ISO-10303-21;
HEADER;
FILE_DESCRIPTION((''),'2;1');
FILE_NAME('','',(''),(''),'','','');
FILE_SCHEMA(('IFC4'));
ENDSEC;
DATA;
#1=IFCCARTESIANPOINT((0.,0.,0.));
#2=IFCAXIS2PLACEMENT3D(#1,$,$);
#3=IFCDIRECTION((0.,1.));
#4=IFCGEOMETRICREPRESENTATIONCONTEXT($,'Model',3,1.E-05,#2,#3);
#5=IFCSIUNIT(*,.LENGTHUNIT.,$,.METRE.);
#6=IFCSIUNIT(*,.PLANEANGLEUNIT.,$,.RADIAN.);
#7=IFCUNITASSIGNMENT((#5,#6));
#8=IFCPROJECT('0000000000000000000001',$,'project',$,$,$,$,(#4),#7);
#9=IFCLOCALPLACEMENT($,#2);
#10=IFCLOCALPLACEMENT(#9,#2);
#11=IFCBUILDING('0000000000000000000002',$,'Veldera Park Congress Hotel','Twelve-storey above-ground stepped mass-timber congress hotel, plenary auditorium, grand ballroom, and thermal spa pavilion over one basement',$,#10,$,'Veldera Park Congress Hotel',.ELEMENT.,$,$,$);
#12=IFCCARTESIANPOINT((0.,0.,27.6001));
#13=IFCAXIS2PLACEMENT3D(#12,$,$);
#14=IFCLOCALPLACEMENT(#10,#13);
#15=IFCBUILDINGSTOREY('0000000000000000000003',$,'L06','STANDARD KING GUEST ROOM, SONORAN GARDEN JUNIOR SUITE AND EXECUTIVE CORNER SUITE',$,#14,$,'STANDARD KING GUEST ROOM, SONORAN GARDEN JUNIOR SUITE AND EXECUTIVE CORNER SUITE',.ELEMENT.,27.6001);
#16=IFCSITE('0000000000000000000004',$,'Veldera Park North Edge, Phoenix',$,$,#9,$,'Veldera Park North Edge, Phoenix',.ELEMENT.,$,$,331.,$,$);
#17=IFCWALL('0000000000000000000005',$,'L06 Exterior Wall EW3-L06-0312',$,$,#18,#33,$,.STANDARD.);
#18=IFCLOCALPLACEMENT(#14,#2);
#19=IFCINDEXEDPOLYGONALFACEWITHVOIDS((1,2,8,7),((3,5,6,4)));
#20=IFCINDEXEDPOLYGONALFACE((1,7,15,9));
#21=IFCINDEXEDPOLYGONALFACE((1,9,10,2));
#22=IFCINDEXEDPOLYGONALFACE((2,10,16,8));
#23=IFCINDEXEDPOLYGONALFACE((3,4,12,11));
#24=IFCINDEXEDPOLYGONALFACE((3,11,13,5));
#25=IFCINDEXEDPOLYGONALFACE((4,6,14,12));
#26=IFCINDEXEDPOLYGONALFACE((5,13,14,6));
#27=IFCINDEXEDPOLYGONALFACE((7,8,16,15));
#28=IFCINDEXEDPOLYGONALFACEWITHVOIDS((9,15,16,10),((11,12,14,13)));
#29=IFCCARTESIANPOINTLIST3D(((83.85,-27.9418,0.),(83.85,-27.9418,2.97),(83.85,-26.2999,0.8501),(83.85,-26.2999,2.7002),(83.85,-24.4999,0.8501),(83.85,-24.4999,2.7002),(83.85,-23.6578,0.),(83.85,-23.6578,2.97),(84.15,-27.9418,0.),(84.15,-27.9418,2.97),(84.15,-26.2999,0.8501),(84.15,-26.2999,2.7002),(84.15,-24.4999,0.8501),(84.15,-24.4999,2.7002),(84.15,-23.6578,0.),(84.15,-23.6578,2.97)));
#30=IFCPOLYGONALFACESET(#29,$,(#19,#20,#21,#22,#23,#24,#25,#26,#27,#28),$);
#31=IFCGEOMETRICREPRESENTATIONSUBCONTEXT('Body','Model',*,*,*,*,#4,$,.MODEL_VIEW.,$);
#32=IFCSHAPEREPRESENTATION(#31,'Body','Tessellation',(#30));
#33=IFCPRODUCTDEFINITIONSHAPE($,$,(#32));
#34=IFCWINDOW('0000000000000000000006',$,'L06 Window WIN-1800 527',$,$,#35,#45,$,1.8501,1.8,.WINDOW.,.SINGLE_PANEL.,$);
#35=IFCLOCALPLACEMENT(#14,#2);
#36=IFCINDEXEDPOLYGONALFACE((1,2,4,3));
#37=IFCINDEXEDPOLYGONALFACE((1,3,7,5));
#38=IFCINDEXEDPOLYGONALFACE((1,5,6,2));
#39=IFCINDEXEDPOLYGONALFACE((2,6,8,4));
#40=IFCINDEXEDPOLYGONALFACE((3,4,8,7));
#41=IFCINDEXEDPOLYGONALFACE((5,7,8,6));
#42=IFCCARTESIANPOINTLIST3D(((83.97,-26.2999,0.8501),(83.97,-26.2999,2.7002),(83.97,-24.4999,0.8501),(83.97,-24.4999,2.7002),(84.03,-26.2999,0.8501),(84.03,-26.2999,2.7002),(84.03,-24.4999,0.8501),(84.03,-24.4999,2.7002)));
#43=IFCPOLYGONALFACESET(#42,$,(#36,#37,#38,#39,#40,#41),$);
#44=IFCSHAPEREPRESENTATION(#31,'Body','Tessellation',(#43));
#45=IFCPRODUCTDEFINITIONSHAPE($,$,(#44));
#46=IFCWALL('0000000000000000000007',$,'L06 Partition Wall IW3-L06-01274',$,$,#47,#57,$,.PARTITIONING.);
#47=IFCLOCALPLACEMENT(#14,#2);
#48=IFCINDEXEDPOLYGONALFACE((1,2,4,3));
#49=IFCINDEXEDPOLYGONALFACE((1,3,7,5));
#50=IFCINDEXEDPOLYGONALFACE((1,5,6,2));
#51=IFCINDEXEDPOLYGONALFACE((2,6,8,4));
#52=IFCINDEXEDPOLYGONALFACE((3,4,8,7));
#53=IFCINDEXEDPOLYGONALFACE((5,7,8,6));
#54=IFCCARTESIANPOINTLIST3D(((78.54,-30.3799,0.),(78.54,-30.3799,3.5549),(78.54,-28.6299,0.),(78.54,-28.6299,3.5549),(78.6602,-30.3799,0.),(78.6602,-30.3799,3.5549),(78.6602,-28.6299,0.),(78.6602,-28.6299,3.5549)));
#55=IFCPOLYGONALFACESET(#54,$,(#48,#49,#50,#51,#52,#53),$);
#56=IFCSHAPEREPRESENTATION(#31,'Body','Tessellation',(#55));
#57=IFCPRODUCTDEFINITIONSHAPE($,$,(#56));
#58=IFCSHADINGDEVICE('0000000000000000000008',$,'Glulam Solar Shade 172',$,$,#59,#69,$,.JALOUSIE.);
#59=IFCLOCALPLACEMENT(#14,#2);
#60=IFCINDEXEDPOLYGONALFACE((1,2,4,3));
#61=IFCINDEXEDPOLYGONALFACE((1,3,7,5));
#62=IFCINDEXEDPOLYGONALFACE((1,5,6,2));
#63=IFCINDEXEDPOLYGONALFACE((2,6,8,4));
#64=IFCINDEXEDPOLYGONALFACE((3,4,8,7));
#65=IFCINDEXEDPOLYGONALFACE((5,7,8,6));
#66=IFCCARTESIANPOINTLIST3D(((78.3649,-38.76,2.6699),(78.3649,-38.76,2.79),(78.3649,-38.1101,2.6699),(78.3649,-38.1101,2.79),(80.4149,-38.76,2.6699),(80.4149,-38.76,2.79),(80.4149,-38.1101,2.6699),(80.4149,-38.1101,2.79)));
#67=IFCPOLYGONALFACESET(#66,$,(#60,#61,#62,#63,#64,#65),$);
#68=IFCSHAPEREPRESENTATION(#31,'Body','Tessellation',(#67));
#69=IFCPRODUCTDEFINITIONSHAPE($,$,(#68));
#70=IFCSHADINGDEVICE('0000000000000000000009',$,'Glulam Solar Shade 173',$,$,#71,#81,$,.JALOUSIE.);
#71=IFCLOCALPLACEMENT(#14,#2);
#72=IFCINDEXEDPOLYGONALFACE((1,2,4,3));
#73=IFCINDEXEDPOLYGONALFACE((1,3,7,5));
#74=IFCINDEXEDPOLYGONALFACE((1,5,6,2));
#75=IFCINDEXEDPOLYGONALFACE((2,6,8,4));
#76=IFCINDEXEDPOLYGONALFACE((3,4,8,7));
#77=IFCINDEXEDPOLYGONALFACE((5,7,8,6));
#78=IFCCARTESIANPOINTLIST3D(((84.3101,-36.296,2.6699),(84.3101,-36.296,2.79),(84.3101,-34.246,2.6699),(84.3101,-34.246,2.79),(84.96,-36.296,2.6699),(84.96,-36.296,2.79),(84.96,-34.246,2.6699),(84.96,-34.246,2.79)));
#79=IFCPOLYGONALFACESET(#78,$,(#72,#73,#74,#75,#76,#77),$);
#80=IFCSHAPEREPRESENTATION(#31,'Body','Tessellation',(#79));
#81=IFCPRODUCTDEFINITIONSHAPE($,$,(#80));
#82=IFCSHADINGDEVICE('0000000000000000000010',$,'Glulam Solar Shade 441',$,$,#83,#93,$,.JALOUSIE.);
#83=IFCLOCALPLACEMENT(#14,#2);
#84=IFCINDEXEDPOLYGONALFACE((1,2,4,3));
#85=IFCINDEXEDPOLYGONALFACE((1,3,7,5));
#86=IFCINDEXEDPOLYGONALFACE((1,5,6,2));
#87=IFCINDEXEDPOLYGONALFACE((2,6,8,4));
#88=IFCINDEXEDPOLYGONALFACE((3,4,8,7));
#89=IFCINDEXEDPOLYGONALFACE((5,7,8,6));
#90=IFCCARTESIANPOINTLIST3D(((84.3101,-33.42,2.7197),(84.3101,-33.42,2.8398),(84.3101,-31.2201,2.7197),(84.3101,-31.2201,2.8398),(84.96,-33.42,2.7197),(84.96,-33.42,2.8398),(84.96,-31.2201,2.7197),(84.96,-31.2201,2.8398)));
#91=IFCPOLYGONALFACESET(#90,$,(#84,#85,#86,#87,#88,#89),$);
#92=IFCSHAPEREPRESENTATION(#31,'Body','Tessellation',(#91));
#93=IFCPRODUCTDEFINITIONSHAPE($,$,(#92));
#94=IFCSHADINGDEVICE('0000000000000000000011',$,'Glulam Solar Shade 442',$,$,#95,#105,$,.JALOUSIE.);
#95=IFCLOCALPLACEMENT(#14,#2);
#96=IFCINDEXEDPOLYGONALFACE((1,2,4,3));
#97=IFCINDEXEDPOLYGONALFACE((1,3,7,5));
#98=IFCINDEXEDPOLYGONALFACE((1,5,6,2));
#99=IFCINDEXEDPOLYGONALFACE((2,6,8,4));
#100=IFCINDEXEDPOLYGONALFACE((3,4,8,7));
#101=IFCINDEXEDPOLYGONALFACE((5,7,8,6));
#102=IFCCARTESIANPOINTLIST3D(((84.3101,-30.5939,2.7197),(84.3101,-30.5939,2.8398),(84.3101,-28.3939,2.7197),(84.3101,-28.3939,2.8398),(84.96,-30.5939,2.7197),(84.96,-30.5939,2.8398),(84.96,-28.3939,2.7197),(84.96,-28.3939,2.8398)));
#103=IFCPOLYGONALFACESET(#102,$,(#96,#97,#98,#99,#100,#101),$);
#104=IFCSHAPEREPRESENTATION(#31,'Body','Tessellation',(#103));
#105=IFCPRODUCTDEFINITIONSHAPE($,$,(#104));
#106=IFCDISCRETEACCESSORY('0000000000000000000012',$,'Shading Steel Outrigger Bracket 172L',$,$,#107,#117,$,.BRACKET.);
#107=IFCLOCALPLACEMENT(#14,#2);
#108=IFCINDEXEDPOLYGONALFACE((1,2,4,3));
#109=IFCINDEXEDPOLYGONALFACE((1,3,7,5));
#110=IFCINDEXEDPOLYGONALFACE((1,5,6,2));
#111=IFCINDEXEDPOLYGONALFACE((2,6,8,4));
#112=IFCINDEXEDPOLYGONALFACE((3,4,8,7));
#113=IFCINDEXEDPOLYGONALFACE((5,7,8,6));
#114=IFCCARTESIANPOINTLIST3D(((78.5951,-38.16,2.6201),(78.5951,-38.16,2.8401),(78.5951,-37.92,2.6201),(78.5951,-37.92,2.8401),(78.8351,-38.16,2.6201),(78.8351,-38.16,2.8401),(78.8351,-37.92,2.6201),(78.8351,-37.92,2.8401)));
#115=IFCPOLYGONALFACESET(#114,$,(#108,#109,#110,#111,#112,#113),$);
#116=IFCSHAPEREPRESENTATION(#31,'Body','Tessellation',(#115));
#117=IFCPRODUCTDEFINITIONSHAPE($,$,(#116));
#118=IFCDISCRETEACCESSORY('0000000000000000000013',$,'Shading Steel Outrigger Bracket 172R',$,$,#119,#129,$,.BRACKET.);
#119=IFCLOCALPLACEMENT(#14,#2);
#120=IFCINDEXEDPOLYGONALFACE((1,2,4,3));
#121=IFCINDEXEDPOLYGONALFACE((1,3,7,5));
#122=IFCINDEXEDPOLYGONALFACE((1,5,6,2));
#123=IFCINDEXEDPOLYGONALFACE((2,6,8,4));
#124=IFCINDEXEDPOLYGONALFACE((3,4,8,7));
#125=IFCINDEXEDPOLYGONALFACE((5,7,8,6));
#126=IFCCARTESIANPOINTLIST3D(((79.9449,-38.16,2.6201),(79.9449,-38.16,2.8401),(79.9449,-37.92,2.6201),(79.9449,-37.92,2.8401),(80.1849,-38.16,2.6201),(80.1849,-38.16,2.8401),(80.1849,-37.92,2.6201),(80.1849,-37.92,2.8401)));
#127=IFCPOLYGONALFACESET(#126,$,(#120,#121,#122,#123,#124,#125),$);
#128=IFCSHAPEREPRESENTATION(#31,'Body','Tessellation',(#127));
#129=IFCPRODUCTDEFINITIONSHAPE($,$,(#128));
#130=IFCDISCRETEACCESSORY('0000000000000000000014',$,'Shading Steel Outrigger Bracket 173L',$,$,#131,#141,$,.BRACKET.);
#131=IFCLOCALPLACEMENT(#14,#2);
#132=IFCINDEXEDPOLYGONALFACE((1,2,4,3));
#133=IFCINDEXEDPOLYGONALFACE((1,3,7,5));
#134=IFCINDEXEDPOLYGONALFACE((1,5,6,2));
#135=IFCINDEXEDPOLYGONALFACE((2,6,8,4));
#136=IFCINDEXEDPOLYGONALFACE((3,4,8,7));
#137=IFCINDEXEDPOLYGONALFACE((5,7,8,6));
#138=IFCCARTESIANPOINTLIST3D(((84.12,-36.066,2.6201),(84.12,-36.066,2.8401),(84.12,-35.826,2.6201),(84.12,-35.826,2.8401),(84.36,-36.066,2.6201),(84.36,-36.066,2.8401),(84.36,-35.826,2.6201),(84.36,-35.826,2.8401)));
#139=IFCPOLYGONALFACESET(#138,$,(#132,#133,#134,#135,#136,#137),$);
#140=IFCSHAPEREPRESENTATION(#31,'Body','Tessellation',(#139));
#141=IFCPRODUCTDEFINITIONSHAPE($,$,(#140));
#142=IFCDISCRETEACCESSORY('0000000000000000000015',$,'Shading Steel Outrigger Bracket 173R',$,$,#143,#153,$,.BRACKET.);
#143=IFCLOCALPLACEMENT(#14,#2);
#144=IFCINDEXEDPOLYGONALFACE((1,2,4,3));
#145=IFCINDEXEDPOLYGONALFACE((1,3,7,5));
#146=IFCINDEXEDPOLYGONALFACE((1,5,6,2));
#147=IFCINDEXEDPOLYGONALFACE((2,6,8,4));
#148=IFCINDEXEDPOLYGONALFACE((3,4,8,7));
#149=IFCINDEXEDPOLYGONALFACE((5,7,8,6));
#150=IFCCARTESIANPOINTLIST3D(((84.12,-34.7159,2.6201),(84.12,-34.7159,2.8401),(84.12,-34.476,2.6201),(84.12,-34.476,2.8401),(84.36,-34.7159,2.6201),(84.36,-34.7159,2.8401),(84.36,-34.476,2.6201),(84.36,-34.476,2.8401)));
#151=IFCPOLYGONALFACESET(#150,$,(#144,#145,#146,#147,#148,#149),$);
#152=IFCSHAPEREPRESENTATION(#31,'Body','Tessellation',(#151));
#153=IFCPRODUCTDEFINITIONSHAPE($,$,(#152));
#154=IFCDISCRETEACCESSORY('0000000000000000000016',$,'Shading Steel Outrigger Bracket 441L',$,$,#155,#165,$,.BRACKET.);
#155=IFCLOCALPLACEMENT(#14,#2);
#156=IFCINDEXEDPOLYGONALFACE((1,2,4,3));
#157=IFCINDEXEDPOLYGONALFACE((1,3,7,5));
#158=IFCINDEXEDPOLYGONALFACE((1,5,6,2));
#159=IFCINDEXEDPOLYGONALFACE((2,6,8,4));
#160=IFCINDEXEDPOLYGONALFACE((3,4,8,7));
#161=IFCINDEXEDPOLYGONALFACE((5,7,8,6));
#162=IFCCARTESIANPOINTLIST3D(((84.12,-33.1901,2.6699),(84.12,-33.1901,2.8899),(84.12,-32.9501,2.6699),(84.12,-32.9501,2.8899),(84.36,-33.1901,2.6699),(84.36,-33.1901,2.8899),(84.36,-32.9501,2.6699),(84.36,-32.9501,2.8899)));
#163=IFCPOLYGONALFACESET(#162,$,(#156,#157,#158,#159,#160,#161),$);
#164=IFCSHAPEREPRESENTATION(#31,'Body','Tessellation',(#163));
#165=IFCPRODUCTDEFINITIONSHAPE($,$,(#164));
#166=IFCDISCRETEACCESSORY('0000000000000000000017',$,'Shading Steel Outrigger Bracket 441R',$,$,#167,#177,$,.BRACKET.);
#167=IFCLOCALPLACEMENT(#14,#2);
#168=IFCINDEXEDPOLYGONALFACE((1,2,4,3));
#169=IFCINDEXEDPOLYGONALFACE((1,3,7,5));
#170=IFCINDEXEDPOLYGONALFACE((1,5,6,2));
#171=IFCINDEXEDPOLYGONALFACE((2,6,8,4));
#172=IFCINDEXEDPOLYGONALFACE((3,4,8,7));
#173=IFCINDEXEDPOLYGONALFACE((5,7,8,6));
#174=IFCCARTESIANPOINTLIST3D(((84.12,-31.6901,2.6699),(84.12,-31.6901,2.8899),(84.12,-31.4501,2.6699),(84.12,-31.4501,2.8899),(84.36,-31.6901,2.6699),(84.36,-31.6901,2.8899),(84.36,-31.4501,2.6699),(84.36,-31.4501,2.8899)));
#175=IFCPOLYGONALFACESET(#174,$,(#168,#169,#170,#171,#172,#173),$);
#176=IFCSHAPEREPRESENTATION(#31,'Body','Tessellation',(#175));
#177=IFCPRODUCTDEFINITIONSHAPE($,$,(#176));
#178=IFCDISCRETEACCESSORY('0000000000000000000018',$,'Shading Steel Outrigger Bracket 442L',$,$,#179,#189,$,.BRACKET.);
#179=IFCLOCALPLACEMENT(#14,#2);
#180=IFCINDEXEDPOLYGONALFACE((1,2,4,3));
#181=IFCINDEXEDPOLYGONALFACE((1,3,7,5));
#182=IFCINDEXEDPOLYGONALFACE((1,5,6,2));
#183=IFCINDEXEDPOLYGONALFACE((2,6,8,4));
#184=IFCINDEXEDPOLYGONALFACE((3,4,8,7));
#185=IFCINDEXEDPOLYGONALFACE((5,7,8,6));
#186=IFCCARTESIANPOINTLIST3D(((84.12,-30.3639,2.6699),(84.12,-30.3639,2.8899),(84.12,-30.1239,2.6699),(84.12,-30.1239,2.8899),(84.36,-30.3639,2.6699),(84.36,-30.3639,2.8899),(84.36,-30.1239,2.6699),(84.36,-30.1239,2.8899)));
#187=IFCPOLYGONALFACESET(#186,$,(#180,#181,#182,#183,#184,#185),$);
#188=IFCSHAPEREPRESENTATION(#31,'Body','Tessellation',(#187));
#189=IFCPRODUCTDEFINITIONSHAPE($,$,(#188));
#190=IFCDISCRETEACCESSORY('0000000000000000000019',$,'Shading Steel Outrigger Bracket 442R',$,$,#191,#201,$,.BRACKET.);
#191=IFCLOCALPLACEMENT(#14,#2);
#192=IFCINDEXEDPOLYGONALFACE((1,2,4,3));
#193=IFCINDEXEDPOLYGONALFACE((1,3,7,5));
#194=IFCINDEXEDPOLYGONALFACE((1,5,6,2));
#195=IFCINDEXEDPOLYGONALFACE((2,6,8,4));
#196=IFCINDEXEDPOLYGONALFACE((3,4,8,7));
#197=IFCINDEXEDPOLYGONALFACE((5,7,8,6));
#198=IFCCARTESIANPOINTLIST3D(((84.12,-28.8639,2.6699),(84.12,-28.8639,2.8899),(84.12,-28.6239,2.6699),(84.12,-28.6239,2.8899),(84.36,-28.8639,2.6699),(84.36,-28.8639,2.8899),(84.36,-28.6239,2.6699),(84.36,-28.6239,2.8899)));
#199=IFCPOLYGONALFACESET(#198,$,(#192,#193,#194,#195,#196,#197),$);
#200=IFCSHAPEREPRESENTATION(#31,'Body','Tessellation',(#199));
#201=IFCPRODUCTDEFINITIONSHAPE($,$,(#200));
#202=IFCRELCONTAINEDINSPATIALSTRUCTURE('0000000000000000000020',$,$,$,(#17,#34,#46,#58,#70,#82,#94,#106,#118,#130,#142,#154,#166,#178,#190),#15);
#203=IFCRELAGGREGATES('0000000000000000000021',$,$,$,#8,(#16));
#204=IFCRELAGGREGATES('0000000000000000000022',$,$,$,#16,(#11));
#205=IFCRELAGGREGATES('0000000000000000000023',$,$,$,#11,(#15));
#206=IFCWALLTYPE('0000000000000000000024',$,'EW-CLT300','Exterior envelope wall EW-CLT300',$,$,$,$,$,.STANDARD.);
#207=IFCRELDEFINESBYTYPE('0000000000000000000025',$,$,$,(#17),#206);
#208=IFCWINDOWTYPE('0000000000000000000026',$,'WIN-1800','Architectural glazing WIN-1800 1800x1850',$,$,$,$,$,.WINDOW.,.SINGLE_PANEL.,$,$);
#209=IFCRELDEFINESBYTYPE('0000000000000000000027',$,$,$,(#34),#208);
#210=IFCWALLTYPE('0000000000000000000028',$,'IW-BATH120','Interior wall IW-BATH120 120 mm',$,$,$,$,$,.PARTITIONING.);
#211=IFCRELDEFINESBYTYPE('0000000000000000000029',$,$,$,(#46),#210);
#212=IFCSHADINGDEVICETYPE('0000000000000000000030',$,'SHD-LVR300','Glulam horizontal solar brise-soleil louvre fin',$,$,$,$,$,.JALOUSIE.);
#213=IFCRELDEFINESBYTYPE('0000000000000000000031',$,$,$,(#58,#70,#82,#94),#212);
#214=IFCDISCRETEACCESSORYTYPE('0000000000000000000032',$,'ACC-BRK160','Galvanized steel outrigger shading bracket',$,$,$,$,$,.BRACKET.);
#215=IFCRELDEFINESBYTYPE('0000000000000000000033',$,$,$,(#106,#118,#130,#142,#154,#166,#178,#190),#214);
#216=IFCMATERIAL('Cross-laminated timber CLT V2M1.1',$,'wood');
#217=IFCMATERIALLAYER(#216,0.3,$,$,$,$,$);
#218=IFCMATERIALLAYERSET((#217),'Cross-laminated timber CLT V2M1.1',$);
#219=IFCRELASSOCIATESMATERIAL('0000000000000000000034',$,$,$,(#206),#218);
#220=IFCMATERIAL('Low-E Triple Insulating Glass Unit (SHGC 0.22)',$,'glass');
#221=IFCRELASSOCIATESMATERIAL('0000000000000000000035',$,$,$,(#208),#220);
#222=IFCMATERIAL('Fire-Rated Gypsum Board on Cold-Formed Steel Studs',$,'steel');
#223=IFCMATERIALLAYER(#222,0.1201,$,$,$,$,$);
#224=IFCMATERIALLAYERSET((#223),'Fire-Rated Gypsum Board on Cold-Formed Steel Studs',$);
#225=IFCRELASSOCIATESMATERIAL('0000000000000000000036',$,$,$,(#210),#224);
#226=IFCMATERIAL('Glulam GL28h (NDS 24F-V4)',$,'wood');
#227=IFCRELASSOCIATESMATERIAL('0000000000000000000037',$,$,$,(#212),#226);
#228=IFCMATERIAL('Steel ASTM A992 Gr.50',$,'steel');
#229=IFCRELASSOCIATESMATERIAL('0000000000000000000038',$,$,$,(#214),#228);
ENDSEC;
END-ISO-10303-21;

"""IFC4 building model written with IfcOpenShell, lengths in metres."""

from ifc_helpers import new_model, si_unit, direction, frame, frame_2d, origin, origin_2d, place, context, subcontext, project, spatial, rectangle, extrude, material, layer, layer_set, type_object, element, fill, save


model = new_model("IFC4")

# Units and contexts
model_context = context("Model", 3, precision=1e-05, world=origin(), true_north=direction((0.0, 1.0)))
body_context = subcontext(model_context, "Body", "Model", "MODEL_VIEW")
ifc_project = project(units=[si_unit("LENGTHUNIT", "METRE"), si_unit("PLANEANGLEUNIT", "RADIAN")], contexts=[model_context])

# Site, building, storey
site_placement = place(None, origin())
site = spatial("IfcSite", under=ifc_project, at=site_placement, Name="Veldera Park North Edge, Phoenix", LongName="Veldera Park North Edge, Phoenix", CompositionType="ELEMENT", RefElevation=331.0)
building_placement = place(site_placement, origin())
building = spatial("IfcBuilding", under=site, at=building_placement, Name="Veldera Park Congress Hotel", Description="Twelve-storey above-ground stepped mass-timber congress hotel, plenary auditorium, grand ballroom, and thermal spa pavilion over one basement", LongName="Veldera Park Congress Hotel", CompositionType="ELEMENT")
storey_placement = place(building_placement, frame((0.0, 0.0, 27.6001)))
storey = spatial("IfcBuildingStorey", under=building, at=storey_placement, Name="L06", Description="STANDARD KING GUEST ROOM, SONORAN GARDEN JUNIOR SUITE AND EXECUTIVE CORNER SUITE", LongName="STANDARD KING GUEST ROOM, SONORAN GARDEN JUNIOR SUITE AND EXECUTIVE CORNER SUITE", CompositionType="ELEMENT", Elevation=27.6001)

# Shared definitions
ifc_material_1 = material(Name="Glulam GL28h (NDS 24F-V4)", Category="wood")

# Shared definitions
ifc_material_2 = material(Name="Cross-laminated timber CLT V2M1.1", Category="wood")
ifc_layer_1 = layer(ifc_material_2, 0.3)
ifc_layer_set_1 = layer_set([ifc_layer_1], Name="Cross-laminated timber CLT V2M1.1")
wall_type_1 = type_object("IfcWallType", Name="EW-CLT300", Description="Exterior envelope wall EW-CLT300", PredefinedType="STANDARD", material=ifc_layer_set_1)
ifc_material_3 = material(Name="Low-E Triple Insulating Glass Unit (SHGC 0.22)", Category="glass")
window_type_1 = type_object("IfcWindowType", Name="WIN-1800", Description="Architectural glazing WIN-1800 1800x1850", PartitioningType="SINGLE_PANEL", PredefinedType="WINDOW", material=ifc_material_3)

# Wall, opening, window
wall_1_placement = place(storey_placement, frame((84.0, -27.9419, 0.0), z_axis=(0.0, 0.0, 1.0), x_axis=(0.0, 1.0, 0.0)))
wall_1 = element("IfcWall", 1, at=wall_1_placement, inside=storey, type_object=wall_type_1, Name="L06 Exterior Wall EW3-L06-0312", PredefinedType="STANDARD", context=body_context, shape_type="SweptSolid", body=[
    extrude(rectangle(XDim=4.2839, YDim=0.3, at=frame_2d((2.1421, 0.0))), origin(), (0.0, 0.0, 1.0), 2.97),
])
opening_1_placement = place(wall_1_placement, frame((1.6421, 0.0, 0.8501)))
opening_1 = element("IfcOpeningElement", 2, at=opening_1_placement, cuts=wall_1, PredefinedType="OPENING", context=body_context, shape_type="SweptSolid", body=[
    extrude(rectangle(XDim=1.8, YDim=1.8501, at=frame_2d((0.8999, 0.925))), frame((0.0, 0.1621, 0.0), z_axis=(0.0, -1.0, 0.0), x_axis=(1.0, 0.0, 0.0)), (0.0, 0.0, 1.0), 0.324),
])
window_1_placement = place(opening_1_placement, origin())
window_1 = element("IfcWindow", 3, at=window_1_placement, inside=storey, type_object=window_type_1, Name="L06 Window WIN-1800 527", OverallHeight=1.8501, OverallWidth=1.8, PartitioningType="SINGLE_PANEL", PredefinedType="WINDOW", context=body_context, shape_type="SweptSolid", body=[
    extrude(rectangle(XDim=1.8, YDim=1.8501, at=frame_2d((0.8999, 0.925))), frame((0.0, 0.03, 0.0), z_axis=(0.0, -1.0, 0.0), x_axis=(1.0, 0.0, 0.0)), (0.0, 0.0, 1.0), 0.0601),
])
fill(opening_1, window_1)

# Wall
ifc_material_4 = material(Name="Fire-Rated Gypsum Board on Cold-Formed Steel Studs", Category="steel")
ifc_layer_2 = layer(ifc_material_4, 0.1201)
ifc_layer_set_2 = layer_set([ifc_layer_2], Name="Fire-Rated Gypsum Board on Cold-Formed Steel Studs")
wall_type_2 = type_object("IfcWallType", Name="IW-BATH120", Description="Interior wall IW-BATH120 120 mm", PredefinedType="PARTITIONING", material=ifc_layer_set_2)
wall_2_placement = place(storey_placement, frame((78.6001, -30.3799, 0.0), z_axis=(0.0, 0.0, 1.0), x_axis=(0.0, 1.0, 0.0)))
element("IfcWall", 4, at=wall_2_placement, inside=storey, type_object=wall_type_2, Name="L06 Partition Wall IW3-L06-01274", PredefinedType="PARTITIONING", context=body_context, shape_type="SweptSolid", body=[
    extrude(rectangle(XDim=1.75, YDim=0.1201, at=frame_2d((0.875, 0.0))), origin(), (0.0, 0.0, 1.0), 3.5549),
])

# Shading devices
shading_device_type = type_object("IfcShadingDeviceType", Name="SHD-LVR300", Description="Glulam horizontal solar brise-soleil louvre fin", PredefinedType="JALOUSIE", material=ifc_material_1)
for number, where, z_axis, x_axis, name in (
    (5, (79.3899, -38.4351, 2.6699), (0.0, 0.0, 1.0), (1.0, 0.0, 0.0), "Glulam Solar Shade 172"),
    (6, (84.635, -35.271, 2.6699), (0.0, 0.0, 1.0), (0.0, 1.0, 0.0), "Glulam Solar Shade 173"),
):
    element("IfcShadingDevice", number, at=place(storey_placement, frame(where, z_axis=z_axis, x_axis=x_axis)), inside=storey, type_object=shading_device_type, Name=name, PredefinedType="JALOUSIE", context=body_context, shape_type="SweptSolid", body=[
        extrude(rectangle(XDim=2.05, YDim=0.6499, at=origin_2d()), origin(), (0.0, 0.0, 1.0), 0.1201),
    ])
for number, where, z_axis, x_axis, name in (
    (7, (84.635, -32.3201, 2.7197), (0.0, 0.0, 1.0), (0.0, 1.0, 0.0), "Glulam Solar Shade 441"),
    (8, (84.635, -29.4939, 2.7197), (0.0, 0.0, 1.0), (0.0, 1.0, 0.0), "Glulam Solar Shade 442"),
):
    element("IfcShadingDevice", number, at=place(storey_placement, frame(where, z_axis=z_axis, x_axis=x_axis)), inside=storey, type_object=shading_device_type, Name=name, PredefinedType="JALOUSIE", context=body_context, shape_type="SweptSolid", body=[
        extrude(rectangle(XDim=2.2, YDim=0.6499, at=origin_2d()), origin(), (0.0, 0.0, 1.0), 0.1201),
    ])

# Discrete accessories
ifc_material_5 = material(Name="Steel ASTM A992 Gr.50", Category="steel")
discrete_accessory_type = type_object("IfcDiscreteAccessoryType", Name="ACC-BRK160", Description="Galvanized steel outrigger shading bracket", PredefinedType="BRACKET", material=ifc_material_5)
for number, where, z_axis, x_axis, name in (
    (9, (78.7151, -38.04, 2.6201), (0.0, 0.0, 1.0), (1.0, 0.0, 0.0), "Shading Steel Outrigger Bracket 172L"),
    (10, (80.0649, -38.04, 2.6201), (0.0, 0.0, 1.0), (1.0, 0.0, 0.0), "Shading Steel Outrigger Bracket 172R"),
    (11, (84.24, -35.946, 2.6201), (0.0, 0.0, 1.0), (0.0, 1.0, 0.0), "Shading Steel Outrigger Bracket 173L"),
    (12, (84.24, -34.5959, 2.6201), (0.0, 0.0, 1.0), (0.0, 1.0, 0.0), "Shading Steel Outrigger Bracket 173R"),
    (13, (84.24, -33.0701, 2.6699), (0.0, 0.0, 1.0), (0.0, 1.0, 0.0), "Shading Steel Outrigger Bracket 441L"),
    (14, (84.24, -31.5701, 2.6699), (0.0, 0.0, 1.0), (0.0, 1.0, 0.0), "Shading Steel Outrigger Bracket 441R"),
    (15, (84.24, -30.2439, 2.6699), (0.0, 0.0, 1.0), (0.0, 1.0, 0.0), "Shading Steel Outrigger Bracket 442L"),
    (16, (84.24, -28.7439, 2.6699), (0.0, 0.0, 1.0), (0.0, 1.0, 0.0), "Shading Steel Outrigger Bracket 442R"),
):
    element("IfcDiscreteAccessory", number, at=place(storey_placement, frame(where, z_axis=z_axis, x_axis=x_axis)), inside=storey, type_object=discrete_accessory_type, Name=name, PredefinedType="BRACKET", context=body_context, shape_type="SweptSolid", body=[
        extrude(rectangle(XDim=0.24, YDim=0.24, at=origin_2d()), origin(), (0.0, 0.0, 1.0), 0.22),
    ])

save(model, "model.ifc")
